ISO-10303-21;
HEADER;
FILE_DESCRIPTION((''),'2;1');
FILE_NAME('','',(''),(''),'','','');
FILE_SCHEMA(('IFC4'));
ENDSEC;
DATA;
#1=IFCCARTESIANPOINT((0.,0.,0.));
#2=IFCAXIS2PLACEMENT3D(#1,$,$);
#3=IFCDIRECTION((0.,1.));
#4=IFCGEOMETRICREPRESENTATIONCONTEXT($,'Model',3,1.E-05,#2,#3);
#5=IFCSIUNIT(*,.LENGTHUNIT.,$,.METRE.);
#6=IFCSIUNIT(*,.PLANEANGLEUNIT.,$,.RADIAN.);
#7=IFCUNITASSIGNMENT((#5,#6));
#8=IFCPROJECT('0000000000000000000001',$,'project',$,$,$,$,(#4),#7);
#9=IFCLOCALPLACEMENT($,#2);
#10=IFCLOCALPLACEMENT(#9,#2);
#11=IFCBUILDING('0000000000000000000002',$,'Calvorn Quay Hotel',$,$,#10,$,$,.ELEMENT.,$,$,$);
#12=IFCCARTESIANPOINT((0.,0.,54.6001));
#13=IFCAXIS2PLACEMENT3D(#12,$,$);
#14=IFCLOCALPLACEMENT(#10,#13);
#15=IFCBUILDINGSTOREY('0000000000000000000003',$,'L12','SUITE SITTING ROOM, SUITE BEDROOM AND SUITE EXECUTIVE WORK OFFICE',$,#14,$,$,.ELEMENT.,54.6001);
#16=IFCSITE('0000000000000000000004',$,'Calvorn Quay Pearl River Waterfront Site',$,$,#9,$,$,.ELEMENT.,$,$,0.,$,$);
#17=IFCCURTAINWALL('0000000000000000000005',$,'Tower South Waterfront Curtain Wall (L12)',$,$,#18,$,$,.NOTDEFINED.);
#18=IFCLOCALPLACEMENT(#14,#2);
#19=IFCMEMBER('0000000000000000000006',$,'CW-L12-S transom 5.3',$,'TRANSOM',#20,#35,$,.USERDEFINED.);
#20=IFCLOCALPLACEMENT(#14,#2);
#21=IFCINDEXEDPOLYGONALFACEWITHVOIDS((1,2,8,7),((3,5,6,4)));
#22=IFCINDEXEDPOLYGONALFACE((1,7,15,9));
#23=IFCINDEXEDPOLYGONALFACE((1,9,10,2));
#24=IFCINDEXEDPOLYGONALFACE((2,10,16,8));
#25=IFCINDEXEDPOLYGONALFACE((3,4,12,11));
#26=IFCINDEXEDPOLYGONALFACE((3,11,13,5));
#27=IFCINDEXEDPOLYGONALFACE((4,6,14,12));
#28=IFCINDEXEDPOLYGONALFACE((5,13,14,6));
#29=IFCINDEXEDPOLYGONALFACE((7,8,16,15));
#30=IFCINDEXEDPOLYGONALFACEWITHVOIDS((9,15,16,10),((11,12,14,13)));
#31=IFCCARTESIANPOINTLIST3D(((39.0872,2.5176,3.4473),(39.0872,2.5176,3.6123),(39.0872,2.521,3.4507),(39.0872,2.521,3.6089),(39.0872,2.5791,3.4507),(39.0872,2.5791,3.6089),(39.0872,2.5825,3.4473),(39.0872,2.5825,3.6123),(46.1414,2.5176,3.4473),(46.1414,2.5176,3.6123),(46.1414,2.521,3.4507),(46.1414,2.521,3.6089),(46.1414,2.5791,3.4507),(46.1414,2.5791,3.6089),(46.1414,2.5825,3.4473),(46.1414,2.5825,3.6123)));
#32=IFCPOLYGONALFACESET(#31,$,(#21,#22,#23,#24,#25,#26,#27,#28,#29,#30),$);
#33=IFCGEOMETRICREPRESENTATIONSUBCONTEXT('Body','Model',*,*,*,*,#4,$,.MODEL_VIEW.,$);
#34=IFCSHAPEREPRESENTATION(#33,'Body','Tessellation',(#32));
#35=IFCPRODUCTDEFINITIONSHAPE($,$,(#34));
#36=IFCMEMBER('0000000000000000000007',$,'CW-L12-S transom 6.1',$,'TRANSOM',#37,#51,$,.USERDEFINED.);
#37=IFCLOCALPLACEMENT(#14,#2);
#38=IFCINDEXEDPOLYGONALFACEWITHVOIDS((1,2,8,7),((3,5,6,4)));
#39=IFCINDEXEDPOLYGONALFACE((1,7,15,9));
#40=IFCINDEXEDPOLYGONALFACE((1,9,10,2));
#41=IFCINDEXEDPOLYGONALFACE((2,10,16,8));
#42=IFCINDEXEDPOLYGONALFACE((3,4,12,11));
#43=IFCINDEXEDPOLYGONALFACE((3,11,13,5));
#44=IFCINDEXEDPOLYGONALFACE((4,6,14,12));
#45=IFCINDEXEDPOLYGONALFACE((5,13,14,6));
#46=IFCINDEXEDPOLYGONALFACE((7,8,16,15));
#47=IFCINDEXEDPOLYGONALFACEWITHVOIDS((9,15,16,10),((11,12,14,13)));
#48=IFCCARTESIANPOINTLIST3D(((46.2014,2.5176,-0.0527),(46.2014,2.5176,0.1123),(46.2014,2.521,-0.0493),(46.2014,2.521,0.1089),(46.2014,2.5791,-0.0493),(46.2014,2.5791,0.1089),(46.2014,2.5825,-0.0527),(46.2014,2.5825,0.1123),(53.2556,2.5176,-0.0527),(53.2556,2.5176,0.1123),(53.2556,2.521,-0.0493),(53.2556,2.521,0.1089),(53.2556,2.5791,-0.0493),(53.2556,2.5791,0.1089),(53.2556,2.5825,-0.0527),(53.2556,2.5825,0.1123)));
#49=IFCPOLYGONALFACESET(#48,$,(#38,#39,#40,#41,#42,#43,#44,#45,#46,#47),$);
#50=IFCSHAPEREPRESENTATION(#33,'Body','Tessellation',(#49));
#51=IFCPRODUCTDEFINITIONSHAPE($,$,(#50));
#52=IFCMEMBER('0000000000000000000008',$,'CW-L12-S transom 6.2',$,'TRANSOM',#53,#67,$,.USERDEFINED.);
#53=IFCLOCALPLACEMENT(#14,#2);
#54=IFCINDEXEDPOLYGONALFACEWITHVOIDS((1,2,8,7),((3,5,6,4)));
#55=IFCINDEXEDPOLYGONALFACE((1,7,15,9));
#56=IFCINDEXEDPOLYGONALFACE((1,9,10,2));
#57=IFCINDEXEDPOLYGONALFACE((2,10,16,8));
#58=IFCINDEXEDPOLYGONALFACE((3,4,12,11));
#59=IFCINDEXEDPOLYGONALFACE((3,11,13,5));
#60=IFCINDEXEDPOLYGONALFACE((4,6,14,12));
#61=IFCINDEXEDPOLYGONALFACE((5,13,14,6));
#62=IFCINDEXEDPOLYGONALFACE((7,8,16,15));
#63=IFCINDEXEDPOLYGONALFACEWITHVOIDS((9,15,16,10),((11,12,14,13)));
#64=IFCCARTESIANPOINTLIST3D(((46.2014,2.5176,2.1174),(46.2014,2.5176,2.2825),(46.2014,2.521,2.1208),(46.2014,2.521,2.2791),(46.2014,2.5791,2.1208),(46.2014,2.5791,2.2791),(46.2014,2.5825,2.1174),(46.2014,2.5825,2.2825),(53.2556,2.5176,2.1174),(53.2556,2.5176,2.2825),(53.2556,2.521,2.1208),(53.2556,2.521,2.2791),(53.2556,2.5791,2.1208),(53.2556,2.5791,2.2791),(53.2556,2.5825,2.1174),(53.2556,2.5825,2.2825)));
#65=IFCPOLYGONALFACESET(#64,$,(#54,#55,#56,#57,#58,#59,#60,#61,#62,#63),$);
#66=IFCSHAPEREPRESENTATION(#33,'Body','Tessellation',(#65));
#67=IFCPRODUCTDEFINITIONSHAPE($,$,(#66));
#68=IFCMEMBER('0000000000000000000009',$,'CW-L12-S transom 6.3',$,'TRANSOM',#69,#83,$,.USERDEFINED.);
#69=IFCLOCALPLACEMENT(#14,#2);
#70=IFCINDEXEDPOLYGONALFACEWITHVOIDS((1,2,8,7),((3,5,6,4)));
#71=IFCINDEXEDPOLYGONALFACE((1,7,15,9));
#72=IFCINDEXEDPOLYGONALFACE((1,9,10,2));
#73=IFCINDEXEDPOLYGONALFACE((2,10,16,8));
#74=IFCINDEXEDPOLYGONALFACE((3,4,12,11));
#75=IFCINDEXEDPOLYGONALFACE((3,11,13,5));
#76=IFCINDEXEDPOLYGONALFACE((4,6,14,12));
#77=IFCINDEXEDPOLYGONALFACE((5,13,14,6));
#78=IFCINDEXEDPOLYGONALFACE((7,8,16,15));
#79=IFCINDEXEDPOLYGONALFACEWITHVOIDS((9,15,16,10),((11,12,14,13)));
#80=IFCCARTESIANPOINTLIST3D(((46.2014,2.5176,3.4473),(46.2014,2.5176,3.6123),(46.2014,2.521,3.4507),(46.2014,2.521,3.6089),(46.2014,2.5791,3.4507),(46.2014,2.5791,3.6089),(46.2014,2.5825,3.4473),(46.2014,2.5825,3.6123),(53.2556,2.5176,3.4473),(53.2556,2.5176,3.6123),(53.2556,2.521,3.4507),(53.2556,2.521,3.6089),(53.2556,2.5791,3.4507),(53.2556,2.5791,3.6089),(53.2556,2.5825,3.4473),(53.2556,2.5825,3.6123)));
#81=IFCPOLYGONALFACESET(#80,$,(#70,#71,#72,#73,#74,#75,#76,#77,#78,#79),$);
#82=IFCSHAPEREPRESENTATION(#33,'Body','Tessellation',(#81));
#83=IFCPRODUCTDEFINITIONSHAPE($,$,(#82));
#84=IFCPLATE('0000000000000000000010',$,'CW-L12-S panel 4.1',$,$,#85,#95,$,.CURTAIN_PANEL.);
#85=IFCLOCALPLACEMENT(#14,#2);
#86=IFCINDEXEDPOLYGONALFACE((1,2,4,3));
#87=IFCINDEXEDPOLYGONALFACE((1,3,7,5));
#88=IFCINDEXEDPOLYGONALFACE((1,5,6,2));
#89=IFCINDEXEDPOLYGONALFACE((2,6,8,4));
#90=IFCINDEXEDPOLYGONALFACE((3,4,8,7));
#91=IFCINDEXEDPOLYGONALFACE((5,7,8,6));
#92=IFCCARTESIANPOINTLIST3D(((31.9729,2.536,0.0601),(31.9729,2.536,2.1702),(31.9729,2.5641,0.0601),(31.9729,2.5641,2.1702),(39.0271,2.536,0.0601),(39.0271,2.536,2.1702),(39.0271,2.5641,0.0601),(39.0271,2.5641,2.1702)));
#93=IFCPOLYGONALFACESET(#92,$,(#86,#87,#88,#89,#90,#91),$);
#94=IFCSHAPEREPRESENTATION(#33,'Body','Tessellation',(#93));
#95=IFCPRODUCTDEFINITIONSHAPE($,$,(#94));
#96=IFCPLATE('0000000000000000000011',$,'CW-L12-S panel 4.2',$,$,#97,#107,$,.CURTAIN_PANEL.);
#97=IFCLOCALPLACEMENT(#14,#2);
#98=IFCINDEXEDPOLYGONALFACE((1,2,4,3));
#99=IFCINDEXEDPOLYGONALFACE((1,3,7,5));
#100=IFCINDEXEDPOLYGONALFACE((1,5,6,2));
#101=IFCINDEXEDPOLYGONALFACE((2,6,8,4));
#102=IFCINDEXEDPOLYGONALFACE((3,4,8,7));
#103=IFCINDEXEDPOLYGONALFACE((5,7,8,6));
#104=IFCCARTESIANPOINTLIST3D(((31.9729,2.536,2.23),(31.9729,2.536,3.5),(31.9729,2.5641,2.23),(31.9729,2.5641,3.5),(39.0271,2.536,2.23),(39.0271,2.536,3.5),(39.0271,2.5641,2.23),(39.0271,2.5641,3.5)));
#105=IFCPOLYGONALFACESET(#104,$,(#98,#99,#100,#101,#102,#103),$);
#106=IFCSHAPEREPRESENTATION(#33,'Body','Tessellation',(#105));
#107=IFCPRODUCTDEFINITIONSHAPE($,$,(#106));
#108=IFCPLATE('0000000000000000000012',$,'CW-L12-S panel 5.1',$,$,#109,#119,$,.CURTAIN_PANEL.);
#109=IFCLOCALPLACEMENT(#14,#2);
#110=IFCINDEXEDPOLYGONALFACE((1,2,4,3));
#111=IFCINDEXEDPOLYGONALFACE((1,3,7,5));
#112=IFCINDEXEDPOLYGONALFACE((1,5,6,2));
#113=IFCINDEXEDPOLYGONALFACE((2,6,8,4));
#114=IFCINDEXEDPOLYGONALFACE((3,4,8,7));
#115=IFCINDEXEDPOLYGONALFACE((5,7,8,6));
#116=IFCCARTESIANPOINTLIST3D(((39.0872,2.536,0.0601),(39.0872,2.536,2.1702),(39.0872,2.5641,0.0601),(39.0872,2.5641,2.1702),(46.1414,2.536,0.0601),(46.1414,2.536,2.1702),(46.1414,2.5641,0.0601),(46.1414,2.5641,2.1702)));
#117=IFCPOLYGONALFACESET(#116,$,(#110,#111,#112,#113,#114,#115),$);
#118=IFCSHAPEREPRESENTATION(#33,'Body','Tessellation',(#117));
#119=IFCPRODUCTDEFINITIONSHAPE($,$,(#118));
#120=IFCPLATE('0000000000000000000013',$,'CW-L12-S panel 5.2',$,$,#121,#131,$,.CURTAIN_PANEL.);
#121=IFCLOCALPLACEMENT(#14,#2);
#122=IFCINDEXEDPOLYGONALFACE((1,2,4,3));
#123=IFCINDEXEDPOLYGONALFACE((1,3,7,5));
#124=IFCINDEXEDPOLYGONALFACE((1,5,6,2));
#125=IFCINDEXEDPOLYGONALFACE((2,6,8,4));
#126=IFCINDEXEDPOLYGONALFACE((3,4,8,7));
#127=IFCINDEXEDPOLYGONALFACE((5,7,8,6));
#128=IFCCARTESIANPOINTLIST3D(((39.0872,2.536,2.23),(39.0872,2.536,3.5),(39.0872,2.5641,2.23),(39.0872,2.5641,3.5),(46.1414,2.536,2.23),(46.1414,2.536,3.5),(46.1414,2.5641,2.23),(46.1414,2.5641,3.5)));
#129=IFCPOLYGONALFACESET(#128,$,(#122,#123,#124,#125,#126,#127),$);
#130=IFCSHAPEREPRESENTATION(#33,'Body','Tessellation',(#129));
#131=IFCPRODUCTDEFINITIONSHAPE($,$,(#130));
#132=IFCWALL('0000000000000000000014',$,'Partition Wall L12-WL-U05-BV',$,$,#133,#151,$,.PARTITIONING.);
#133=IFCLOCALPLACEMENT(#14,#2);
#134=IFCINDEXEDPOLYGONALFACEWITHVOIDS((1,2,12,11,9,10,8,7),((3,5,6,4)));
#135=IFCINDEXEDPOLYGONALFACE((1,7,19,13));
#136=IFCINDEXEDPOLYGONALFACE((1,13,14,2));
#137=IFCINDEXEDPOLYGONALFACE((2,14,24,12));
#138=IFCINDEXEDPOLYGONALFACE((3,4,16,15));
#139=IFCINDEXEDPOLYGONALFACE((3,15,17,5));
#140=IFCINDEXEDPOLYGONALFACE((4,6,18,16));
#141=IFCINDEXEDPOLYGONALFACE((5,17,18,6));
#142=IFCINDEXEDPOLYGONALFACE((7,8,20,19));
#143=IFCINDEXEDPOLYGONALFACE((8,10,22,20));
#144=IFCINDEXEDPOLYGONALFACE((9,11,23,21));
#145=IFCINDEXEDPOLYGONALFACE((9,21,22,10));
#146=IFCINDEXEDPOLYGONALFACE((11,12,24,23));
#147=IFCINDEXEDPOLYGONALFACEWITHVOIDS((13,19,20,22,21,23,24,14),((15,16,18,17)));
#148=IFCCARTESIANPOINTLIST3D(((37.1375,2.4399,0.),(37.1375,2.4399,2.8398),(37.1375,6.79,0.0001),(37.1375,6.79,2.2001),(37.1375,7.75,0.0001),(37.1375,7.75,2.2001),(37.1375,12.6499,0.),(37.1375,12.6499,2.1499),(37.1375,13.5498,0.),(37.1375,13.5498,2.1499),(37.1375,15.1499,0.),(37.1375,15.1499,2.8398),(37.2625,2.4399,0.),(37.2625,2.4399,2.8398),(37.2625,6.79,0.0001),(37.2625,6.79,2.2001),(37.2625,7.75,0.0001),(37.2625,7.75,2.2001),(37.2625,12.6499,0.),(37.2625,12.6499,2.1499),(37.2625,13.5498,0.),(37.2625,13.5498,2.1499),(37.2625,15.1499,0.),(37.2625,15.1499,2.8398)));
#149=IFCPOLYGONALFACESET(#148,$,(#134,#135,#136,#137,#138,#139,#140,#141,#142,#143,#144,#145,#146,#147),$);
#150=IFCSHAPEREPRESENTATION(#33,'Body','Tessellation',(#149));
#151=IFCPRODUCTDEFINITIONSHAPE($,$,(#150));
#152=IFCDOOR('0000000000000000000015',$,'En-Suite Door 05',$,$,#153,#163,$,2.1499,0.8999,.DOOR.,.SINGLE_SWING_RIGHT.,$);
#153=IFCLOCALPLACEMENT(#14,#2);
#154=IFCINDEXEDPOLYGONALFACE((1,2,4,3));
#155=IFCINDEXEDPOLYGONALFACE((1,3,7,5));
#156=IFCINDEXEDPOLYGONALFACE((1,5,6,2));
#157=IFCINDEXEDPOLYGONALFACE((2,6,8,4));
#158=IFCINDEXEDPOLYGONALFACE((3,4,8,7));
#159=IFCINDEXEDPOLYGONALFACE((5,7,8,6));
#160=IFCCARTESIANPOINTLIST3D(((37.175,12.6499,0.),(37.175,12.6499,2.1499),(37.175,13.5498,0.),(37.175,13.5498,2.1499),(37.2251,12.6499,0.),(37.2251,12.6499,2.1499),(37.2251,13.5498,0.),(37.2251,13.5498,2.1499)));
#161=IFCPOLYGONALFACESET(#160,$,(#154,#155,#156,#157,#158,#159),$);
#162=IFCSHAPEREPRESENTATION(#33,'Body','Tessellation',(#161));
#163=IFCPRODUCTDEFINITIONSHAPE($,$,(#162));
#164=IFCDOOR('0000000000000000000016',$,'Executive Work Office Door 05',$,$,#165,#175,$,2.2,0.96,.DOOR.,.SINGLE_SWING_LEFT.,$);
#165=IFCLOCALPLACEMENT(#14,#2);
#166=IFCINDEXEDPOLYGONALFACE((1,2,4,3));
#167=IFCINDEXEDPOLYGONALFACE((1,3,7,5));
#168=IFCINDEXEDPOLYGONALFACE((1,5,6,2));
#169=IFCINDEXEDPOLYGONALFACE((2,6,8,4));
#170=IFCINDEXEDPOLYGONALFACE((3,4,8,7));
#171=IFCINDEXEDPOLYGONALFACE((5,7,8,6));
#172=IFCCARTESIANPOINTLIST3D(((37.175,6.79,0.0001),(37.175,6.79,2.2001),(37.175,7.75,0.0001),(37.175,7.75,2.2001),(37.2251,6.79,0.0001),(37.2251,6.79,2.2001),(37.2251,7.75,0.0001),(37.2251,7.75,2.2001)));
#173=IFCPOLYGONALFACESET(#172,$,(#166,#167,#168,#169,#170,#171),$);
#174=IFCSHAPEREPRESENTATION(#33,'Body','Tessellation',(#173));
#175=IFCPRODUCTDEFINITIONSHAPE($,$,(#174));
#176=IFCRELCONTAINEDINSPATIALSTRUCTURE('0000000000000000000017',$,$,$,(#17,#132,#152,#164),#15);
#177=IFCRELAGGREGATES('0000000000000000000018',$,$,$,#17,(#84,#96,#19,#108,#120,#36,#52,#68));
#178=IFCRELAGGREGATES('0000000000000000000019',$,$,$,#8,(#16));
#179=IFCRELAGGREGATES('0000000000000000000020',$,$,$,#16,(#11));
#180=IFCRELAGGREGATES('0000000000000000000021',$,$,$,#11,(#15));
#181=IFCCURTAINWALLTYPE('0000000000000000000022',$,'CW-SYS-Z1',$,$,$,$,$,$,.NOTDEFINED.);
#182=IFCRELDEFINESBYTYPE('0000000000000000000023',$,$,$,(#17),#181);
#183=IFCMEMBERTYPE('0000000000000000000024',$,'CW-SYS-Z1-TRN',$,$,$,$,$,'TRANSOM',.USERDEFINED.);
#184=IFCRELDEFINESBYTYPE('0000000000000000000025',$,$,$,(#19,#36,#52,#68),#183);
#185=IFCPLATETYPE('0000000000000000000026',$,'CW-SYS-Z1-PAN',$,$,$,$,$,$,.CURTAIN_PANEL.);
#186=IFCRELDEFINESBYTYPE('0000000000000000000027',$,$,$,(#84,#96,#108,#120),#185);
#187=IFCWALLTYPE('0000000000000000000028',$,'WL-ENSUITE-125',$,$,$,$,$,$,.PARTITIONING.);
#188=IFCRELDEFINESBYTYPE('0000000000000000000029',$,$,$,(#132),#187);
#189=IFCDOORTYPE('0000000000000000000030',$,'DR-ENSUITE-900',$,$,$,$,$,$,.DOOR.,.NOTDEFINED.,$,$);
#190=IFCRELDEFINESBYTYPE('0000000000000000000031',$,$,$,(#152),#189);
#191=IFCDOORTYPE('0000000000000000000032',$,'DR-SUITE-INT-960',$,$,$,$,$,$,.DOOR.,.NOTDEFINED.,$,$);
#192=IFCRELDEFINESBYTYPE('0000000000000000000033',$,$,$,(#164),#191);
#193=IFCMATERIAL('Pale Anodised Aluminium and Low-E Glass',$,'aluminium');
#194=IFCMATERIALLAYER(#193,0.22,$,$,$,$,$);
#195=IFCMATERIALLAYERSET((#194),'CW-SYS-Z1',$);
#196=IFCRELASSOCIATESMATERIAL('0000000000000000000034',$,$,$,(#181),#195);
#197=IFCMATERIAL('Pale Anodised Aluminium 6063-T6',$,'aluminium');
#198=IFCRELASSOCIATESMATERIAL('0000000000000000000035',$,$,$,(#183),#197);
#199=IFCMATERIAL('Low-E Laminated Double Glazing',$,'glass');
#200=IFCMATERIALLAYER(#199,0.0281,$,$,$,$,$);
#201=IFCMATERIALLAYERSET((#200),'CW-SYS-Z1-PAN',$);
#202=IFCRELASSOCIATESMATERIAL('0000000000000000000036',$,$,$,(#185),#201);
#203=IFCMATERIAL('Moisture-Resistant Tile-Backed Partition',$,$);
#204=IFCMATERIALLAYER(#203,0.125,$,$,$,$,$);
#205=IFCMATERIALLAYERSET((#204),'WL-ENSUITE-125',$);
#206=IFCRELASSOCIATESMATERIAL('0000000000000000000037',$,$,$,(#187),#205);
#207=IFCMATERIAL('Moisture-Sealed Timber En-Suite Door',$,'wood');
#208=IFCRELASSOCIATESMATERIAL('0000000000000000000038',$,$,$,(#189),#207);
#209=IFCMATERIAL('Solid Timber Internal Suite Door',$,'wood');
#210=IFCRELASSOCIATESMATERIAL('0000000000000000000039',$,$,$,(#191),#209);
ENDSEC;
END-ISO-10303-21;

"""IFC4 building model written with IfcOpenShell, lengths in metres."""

from ifc_helpers import new_model, si_unit, direction, frame, frame_2d, origin, origin_2d, place, context, subcontext, project, spatial, rectangle, hollow_rectangle, extrude, material, layer, layer_set, material_profile, profile_set, type_object, element, fill, aggregate, save


model = new_model("IFC4")

# Units and contexts
model_context = context("Model", 3, precision=1e-05, world=origin(), true_north=direction((0.0, 1.0)))
body_context = subcontext(model_context, "Body", "Model", "MODEL_VIEW")
ifc_project = project(units=[si_unit("LENGTHUNIT", "METRE"), si_unit("PLANEANGLEUNIT", "RADIAN")], contexts=[model_context])

# Site, building, storey
site_placement = place(None, origin())
site = spatial("IfcSite", under=ifc_project, at=site_placement, Name="Calvorn Quay Pearl River Waterfront Site", CompositionType="ELEMENT", RefElevation=0.0)
building_placement = place(site_placement, origin())
building = spatial("IfcBuilding", under=site, at=building_placement, Name="Calvorn Quay Hotel", CompositionType="ELEMENT")
storey_placement = place(building_placement, frame((0.0, 0.0, 54.6001)))
storey = spatial("IfcBuildingStorey", under=building, at=storey_placement, Name="L12", Description="SUITE SITTING ROOM, SUITE BEDROOM AND SUITE EXECUTIVE WORK OFFICE", CompositionType="ELEMENT", Elevation=54.6001)

# Curtain wall, members, plates
ifc_material_1 = material(Name="Pale Anodised Aluminium and Low-E Glass", Category="aluminium")
ifc_layer_1 = layer(ifc_material_1, 0.22)
ifc_layer_set_1 = layer_set([ifc_layer_1], Name="CW-SYS-Z1")
curtain_wall_type = type_object("IfcCurtainWallType", Name="CW-SYS-Z1", PredefinedType="NOTDEFINED", material=ifc_layer_set_1)
curtain_wall_placement = place(storey_placement, origin())
curtain_wall = element("IfcCurtainWall", 1, at=curtain_wall_placement, inside=storey, type_object=curtain_wall_type, Name="Tower South Waterfront Curtain Wall (L12)", PredefinedType="NOTDEFINED")
ifc_material_2 = material(Name="Pale Anodised Aluminium 6063-T6", Category="aluminium")
ifc_material_profile_1 = material_profile(ifc_material_2, hollow_rectangle(XDim=0.0649, YDim=0.165, WallThickness=0.0034, at=origin_2d()), Name="ALU-T165x65x3.5")
ifc_profile_set_1 = profile_set([ifc_material_profile_1], Name="Pale Anodised Aluminium 6063-T6")
member_type_1 = type_object("IfcMemberType", Name="CW-SYS-Z1-TRN", ElementType="TRANSOM", PredefinedType="USERDEFINED", material=ifc_profile_set_1)
member_1_placement = place(storey_placement, frame((39.0872, 2.55, 3.5298), z_axis=(1.0, 0.0, 0.0), x_axis=(0.0, 1.0, 0.0)))
member_1 = element("IfcMember", 2, at=member_1_placement, type_object=member_type_1, Name="CW-L12-S transom 5.3", ObjectType="TRANSOM", PredefinedType="USERDEFINED", context=body_context, shape_type="SweptSolid", body=[
    extrude(hollow_rectangle(XDim=0.0649, YDim=0.165, WallThickness=0.0034, at=origin_2d()), origin(), (0.0, 0.0, 1.0), 7.0542),
])
member_2_placement = place(storey_placement, frame((46.2014, 2.55, 0.0298), z_axis=(1.0, 0.0, 0.0), x_axis=(0.0, 1.0, 0.0)))
member_2 = element("IfcMember", 3, at=member_2_placement, type_object=member_type_1, Name="CW-L12-S transom 6.1", ObjectType="TRANSOM", PredefinedType="USERDEFINED", context=body_context, shape_type="SweptSolid", body=[
    extrude(hollow_rectangle(XDim=0.0649, YDim=0.165, WallThickness=0.0034, at=origin_2d()), origin(), (0.0, 0.0, 1.0), 7.0542),
])
member_3_placement = place(storey_placement, frame((46.2014, 2.55, 2.2), z_axis=(1.0, 0.0, 0.0), x_axis=(0.0, 1.0, 0.0)))
member_3 = element("IfcMember", 4, at=member_3_placement, type_object=member_type_1, Name="CW-L12-S transom 6.2", ObjectType="TRANSOM", PredefinedType="USERDEFINED", context=body_context, shape_type="SweptSolid", body=[
    extrude(hollow_rectangle(XDim=0.0649, YDim=0.165, WallThickness=0.0034, at=origin_2d()), origin(), (0.0, 0.0, 1.0), 7.0542),
])
member_4_placement = place(storey_placement, frame((46.2014, 2.55, 3.5298), z_axis=(1.0, 0.0, 0.0), x_axis=(0.0, 1.0, 0.0)))
member_4 = element("IfcMember", 5, at=member_4_placement, type_object=member_type_1, Name="CW-L12-S transom 6.3", ObjectType="TRANSOM", PredefinedType="USERDEFINED", context=body_context, shape_type="SweptSolid", body=[
    extrude(hollow_rectangle(XDim=0.0649, YDim=0.165, WallThickness=0.0034, at=origin_2d()), origin(), (0.0, 0.0, 1.0), 7.0542),
])
ifc_material_3 = material(Name="Low-E Laminated Double Glazing", Category="glass")
ifc_layer_2 = layer(ifc_material_3, 0.0281)
ifc_layer_set_2 = layer_set([ifc_layer_2], Name="CW-SYS-Z1-PAN")
plate_type = type_object("IfcPlateType", Name="CW-SYS-Z1-PAN", PredefinedType="CURTAIN_PANEL", material=ifc_layer_set_2)
plate_1_placement = place(storey_placement, frame((35.5, 2.55, 0.0601), z_axis=(0.0, 0.0, 1.0), x_axis=(1.0, 0.0, 0.0)))
plate_1 = element("IfcPlate", 6, at=plate_1_placement, type_object=plate_type, Name="CW-L12-S panel 4.1", PredefinedType="CURTAIN_PANEL", context=body_context, shape_type="SweptSolid", body=[
    extrude(rectangle(XDim=7.0542, YDim=0.0281, at=origin_2d()), origin(), (0.0, 0.0, 1.0), 2.1101),
])
plate_2_placement = place(storey_placement, frame((35.5, 2.55, 2.23), z_axis=(0.0, 0.0, 1.0), x_axis=(1.0, 0.0, 0.0)))
plate_2 = element("IfcPlate", 7, at=plate_2_placement, type_object=plate_type, Name="CW-L12-S panel 4.2", PredefinedType="CURTAIN_PANEL", context=body_context, shape_type="SweptSolid", body=[
    extrude(rectangle(XDim=7.0542, YDim=0.0281, at=origin_2d()), origin(), (0.0, 0.0, 1.0), 1.27),
])
plate_3_placement = place(storey_placement, frame((42.6143, 2.55, 0.0601), z_axis=(0.0, 0.0, 1.0), x_axis=(1.0, 0.0, 0.0)))
plate_3 = element("IfcPlate", 8, at=plate_3_placement, type_object=plate_type, Name="CW-L12-S panel 5.1", PredefinedType="CURTAIN_PANEL", context=body_context, shape_type="SweptSolid", body=[
    extrude(rectangle(XDim=7.0542, YDim=0.0281, at=origin_2d()), origin(), (0.0, 0.0, 1.0), 2.1101),
])
plate_4_placement = place(storey_placement, frame((42.6143, 2.55, 2.23), z_axis=(0.0, 0.0, 1.0), x_axis=(1.0, 0.0, 0.0)))
plate_4 = element("IfcPlate", 9, at=plate_4_placement, type_object=plate_type, Name="CW-L12-S panel 5.2", PredefinedType="CURTAIN_PANEL", context=body_context, shape_type="SweptSolid", body=[
    extrude(rectangle(XDim=7.0542, YDim=0.0281, at=origin_2d()), origin(), (0.0, 0.0, 1.0), 1.27),
])
aggregate(curtain_wall, [plate_1, plate_2, member_1, plate_3, plate_4, member_2, member_3, member_4])

# Wall, openings, doors
ifc_material_4 = material(Name="Moisture-Resistant Tile-Backed Partition")
ifc_layer_3 = layer(ifc_material_4, 0.125)
ifc_layer_set_3 = layer_set([ifc_layer_3], Name="WL-ENSUITE-125")
wall_type_1 = type_object("IfcWallType", Name="WL-ENSUITE-125", PredefinedType="PARTITIONING", material=ifc_layer_set_3)
wall_1_placement = place(storey_placement, frame((37.2, 2.4399, 0.0), z_axis=(0.0, 0.0, 1.0), x_axis=(0.0, 1.0, 0.0)))
wall_1 = element("IfcWall", 10, at=wall_1_placement, inside=storey, type_object=wall_type_1, Name="Partition Wall L12-WL-U05-BV", PredefinedType="PARTITIONING", context=body_context, shape_type="SweptSolid", body=[
    extrude(rectangle(XDim=12.71, YDim=0.125, at=frame_2d((6.355, 0.0))), origin(), (0.0, 0.0, 1.0), 2.8398),
])
opening_1_placement = place(wall_1_placement, frame((4.3501, 0.0, 0.0)))
opening_1 = element("IfcOpeningElement", 11, at=opening_1_placement, cuts=wall_1, PredefinedType="OPENING", context=body_context, shape_type="SweptSolid", body=[
    extrude(rectangle(XDim=0.96, YDim=2.2, at=frame_2d((0.48, 1.1001))), frame((0.0, 0.0725, 0.0), z_axis=(0.0, -1.0, 0.0), x_axis=(1.0, 0.0, 0.0)), (0.0, 0.0, 1.0), 0.145),
])
opening_2_placement = place(wall_1_placement, frame((10.21, 0.0, 0.0)))
opening_2 = element("IfcOpeningElement", 12, at=opening_2_placement, cuts=wall_1, PredefinedType="OPENING", context=body_context, shape_type="SweptSolid", body=[
    extrude(rectangle(XDim=0.8999, YDim=2.1499, at=frame_2d((0.45, 1.075))), frame((0.0, 0.0725, 0.0), z_axis=(0.0, -1.0, 0.0), x_axis=(1.0, 0.0, 0.0)), (0.0, 0.0, 1.0), 0.145),
])
ifc_material_5 = material(Name="Moisture-Sealed Timber En-Suite Door", Category="wood")
door_type_1 = type_object("IfcDoorType", Name="DR-ENSUITE-900", OperationType="NOTDEFINED", PredefinedType="DOOR", material=ifc_material_5)
door_1_placement = place(opening_2_placement, origin())
door_1 = element("IfcDoor", 13, at=door_1_placement, inside=storey, type_object=door_type_1, Name="En-Suite Door 05", OperationType="SINGLE_SWING_RIGHT", OverallHeight=2.1499, OverallWidth=0.8999, PredefinedType="DOOR", context=body_context, shape_type="SweptSolid", body=[
    extrude(rectangle(XDim=0.8999, YDim=2.1499, at=frame_2d((0.45, 1.075))), frame((0.0, 0.0249, 0.0), z_axis=(0.0, -1.0, 0.0), x_axis=(1.0, 0.0, 0.0)), (0.0, 0.0, 1.0), 0.05),
])
fill(opening_2, door_1)
ifc_material_6 = material(Name="Solid Timber Internal Suite Door", Category="wood")
door_type_2 = type_object("IfcDoorType", Name="DR-SUITE-INT-960", OperationType="NOTDEFINED", PredefinedType="DOOR", material=ifc_material_6)
door_2_placement = place(opening_1_placement, origin())
door_2 = element("IfcDoor", 14, at=door_2_placement, inside=storey, type_object=door_type_2, Name="Executive Work Office Door 05", OperationType="SINGLE_SWING_LEFT", OverallHeight=2.2, OverallWidth=0.96, PredefinedType="DOOR", context=body_context, shape_type="SweptSolid", body=[
    extrude(rectangle(XDim=0.96, YDim=2.2, at=frame_2d((0.48, 1.1001))), frame((0.0, 0.0249, 0.0), z_axis=(0.0, -1.0, 0.0), x_axis=(1.0, 0.0, 0.0)), (0.0, 0.0, 1.0), 0.05),
])
fill(opening_1, door_2)

save(model, "model.ifc")
